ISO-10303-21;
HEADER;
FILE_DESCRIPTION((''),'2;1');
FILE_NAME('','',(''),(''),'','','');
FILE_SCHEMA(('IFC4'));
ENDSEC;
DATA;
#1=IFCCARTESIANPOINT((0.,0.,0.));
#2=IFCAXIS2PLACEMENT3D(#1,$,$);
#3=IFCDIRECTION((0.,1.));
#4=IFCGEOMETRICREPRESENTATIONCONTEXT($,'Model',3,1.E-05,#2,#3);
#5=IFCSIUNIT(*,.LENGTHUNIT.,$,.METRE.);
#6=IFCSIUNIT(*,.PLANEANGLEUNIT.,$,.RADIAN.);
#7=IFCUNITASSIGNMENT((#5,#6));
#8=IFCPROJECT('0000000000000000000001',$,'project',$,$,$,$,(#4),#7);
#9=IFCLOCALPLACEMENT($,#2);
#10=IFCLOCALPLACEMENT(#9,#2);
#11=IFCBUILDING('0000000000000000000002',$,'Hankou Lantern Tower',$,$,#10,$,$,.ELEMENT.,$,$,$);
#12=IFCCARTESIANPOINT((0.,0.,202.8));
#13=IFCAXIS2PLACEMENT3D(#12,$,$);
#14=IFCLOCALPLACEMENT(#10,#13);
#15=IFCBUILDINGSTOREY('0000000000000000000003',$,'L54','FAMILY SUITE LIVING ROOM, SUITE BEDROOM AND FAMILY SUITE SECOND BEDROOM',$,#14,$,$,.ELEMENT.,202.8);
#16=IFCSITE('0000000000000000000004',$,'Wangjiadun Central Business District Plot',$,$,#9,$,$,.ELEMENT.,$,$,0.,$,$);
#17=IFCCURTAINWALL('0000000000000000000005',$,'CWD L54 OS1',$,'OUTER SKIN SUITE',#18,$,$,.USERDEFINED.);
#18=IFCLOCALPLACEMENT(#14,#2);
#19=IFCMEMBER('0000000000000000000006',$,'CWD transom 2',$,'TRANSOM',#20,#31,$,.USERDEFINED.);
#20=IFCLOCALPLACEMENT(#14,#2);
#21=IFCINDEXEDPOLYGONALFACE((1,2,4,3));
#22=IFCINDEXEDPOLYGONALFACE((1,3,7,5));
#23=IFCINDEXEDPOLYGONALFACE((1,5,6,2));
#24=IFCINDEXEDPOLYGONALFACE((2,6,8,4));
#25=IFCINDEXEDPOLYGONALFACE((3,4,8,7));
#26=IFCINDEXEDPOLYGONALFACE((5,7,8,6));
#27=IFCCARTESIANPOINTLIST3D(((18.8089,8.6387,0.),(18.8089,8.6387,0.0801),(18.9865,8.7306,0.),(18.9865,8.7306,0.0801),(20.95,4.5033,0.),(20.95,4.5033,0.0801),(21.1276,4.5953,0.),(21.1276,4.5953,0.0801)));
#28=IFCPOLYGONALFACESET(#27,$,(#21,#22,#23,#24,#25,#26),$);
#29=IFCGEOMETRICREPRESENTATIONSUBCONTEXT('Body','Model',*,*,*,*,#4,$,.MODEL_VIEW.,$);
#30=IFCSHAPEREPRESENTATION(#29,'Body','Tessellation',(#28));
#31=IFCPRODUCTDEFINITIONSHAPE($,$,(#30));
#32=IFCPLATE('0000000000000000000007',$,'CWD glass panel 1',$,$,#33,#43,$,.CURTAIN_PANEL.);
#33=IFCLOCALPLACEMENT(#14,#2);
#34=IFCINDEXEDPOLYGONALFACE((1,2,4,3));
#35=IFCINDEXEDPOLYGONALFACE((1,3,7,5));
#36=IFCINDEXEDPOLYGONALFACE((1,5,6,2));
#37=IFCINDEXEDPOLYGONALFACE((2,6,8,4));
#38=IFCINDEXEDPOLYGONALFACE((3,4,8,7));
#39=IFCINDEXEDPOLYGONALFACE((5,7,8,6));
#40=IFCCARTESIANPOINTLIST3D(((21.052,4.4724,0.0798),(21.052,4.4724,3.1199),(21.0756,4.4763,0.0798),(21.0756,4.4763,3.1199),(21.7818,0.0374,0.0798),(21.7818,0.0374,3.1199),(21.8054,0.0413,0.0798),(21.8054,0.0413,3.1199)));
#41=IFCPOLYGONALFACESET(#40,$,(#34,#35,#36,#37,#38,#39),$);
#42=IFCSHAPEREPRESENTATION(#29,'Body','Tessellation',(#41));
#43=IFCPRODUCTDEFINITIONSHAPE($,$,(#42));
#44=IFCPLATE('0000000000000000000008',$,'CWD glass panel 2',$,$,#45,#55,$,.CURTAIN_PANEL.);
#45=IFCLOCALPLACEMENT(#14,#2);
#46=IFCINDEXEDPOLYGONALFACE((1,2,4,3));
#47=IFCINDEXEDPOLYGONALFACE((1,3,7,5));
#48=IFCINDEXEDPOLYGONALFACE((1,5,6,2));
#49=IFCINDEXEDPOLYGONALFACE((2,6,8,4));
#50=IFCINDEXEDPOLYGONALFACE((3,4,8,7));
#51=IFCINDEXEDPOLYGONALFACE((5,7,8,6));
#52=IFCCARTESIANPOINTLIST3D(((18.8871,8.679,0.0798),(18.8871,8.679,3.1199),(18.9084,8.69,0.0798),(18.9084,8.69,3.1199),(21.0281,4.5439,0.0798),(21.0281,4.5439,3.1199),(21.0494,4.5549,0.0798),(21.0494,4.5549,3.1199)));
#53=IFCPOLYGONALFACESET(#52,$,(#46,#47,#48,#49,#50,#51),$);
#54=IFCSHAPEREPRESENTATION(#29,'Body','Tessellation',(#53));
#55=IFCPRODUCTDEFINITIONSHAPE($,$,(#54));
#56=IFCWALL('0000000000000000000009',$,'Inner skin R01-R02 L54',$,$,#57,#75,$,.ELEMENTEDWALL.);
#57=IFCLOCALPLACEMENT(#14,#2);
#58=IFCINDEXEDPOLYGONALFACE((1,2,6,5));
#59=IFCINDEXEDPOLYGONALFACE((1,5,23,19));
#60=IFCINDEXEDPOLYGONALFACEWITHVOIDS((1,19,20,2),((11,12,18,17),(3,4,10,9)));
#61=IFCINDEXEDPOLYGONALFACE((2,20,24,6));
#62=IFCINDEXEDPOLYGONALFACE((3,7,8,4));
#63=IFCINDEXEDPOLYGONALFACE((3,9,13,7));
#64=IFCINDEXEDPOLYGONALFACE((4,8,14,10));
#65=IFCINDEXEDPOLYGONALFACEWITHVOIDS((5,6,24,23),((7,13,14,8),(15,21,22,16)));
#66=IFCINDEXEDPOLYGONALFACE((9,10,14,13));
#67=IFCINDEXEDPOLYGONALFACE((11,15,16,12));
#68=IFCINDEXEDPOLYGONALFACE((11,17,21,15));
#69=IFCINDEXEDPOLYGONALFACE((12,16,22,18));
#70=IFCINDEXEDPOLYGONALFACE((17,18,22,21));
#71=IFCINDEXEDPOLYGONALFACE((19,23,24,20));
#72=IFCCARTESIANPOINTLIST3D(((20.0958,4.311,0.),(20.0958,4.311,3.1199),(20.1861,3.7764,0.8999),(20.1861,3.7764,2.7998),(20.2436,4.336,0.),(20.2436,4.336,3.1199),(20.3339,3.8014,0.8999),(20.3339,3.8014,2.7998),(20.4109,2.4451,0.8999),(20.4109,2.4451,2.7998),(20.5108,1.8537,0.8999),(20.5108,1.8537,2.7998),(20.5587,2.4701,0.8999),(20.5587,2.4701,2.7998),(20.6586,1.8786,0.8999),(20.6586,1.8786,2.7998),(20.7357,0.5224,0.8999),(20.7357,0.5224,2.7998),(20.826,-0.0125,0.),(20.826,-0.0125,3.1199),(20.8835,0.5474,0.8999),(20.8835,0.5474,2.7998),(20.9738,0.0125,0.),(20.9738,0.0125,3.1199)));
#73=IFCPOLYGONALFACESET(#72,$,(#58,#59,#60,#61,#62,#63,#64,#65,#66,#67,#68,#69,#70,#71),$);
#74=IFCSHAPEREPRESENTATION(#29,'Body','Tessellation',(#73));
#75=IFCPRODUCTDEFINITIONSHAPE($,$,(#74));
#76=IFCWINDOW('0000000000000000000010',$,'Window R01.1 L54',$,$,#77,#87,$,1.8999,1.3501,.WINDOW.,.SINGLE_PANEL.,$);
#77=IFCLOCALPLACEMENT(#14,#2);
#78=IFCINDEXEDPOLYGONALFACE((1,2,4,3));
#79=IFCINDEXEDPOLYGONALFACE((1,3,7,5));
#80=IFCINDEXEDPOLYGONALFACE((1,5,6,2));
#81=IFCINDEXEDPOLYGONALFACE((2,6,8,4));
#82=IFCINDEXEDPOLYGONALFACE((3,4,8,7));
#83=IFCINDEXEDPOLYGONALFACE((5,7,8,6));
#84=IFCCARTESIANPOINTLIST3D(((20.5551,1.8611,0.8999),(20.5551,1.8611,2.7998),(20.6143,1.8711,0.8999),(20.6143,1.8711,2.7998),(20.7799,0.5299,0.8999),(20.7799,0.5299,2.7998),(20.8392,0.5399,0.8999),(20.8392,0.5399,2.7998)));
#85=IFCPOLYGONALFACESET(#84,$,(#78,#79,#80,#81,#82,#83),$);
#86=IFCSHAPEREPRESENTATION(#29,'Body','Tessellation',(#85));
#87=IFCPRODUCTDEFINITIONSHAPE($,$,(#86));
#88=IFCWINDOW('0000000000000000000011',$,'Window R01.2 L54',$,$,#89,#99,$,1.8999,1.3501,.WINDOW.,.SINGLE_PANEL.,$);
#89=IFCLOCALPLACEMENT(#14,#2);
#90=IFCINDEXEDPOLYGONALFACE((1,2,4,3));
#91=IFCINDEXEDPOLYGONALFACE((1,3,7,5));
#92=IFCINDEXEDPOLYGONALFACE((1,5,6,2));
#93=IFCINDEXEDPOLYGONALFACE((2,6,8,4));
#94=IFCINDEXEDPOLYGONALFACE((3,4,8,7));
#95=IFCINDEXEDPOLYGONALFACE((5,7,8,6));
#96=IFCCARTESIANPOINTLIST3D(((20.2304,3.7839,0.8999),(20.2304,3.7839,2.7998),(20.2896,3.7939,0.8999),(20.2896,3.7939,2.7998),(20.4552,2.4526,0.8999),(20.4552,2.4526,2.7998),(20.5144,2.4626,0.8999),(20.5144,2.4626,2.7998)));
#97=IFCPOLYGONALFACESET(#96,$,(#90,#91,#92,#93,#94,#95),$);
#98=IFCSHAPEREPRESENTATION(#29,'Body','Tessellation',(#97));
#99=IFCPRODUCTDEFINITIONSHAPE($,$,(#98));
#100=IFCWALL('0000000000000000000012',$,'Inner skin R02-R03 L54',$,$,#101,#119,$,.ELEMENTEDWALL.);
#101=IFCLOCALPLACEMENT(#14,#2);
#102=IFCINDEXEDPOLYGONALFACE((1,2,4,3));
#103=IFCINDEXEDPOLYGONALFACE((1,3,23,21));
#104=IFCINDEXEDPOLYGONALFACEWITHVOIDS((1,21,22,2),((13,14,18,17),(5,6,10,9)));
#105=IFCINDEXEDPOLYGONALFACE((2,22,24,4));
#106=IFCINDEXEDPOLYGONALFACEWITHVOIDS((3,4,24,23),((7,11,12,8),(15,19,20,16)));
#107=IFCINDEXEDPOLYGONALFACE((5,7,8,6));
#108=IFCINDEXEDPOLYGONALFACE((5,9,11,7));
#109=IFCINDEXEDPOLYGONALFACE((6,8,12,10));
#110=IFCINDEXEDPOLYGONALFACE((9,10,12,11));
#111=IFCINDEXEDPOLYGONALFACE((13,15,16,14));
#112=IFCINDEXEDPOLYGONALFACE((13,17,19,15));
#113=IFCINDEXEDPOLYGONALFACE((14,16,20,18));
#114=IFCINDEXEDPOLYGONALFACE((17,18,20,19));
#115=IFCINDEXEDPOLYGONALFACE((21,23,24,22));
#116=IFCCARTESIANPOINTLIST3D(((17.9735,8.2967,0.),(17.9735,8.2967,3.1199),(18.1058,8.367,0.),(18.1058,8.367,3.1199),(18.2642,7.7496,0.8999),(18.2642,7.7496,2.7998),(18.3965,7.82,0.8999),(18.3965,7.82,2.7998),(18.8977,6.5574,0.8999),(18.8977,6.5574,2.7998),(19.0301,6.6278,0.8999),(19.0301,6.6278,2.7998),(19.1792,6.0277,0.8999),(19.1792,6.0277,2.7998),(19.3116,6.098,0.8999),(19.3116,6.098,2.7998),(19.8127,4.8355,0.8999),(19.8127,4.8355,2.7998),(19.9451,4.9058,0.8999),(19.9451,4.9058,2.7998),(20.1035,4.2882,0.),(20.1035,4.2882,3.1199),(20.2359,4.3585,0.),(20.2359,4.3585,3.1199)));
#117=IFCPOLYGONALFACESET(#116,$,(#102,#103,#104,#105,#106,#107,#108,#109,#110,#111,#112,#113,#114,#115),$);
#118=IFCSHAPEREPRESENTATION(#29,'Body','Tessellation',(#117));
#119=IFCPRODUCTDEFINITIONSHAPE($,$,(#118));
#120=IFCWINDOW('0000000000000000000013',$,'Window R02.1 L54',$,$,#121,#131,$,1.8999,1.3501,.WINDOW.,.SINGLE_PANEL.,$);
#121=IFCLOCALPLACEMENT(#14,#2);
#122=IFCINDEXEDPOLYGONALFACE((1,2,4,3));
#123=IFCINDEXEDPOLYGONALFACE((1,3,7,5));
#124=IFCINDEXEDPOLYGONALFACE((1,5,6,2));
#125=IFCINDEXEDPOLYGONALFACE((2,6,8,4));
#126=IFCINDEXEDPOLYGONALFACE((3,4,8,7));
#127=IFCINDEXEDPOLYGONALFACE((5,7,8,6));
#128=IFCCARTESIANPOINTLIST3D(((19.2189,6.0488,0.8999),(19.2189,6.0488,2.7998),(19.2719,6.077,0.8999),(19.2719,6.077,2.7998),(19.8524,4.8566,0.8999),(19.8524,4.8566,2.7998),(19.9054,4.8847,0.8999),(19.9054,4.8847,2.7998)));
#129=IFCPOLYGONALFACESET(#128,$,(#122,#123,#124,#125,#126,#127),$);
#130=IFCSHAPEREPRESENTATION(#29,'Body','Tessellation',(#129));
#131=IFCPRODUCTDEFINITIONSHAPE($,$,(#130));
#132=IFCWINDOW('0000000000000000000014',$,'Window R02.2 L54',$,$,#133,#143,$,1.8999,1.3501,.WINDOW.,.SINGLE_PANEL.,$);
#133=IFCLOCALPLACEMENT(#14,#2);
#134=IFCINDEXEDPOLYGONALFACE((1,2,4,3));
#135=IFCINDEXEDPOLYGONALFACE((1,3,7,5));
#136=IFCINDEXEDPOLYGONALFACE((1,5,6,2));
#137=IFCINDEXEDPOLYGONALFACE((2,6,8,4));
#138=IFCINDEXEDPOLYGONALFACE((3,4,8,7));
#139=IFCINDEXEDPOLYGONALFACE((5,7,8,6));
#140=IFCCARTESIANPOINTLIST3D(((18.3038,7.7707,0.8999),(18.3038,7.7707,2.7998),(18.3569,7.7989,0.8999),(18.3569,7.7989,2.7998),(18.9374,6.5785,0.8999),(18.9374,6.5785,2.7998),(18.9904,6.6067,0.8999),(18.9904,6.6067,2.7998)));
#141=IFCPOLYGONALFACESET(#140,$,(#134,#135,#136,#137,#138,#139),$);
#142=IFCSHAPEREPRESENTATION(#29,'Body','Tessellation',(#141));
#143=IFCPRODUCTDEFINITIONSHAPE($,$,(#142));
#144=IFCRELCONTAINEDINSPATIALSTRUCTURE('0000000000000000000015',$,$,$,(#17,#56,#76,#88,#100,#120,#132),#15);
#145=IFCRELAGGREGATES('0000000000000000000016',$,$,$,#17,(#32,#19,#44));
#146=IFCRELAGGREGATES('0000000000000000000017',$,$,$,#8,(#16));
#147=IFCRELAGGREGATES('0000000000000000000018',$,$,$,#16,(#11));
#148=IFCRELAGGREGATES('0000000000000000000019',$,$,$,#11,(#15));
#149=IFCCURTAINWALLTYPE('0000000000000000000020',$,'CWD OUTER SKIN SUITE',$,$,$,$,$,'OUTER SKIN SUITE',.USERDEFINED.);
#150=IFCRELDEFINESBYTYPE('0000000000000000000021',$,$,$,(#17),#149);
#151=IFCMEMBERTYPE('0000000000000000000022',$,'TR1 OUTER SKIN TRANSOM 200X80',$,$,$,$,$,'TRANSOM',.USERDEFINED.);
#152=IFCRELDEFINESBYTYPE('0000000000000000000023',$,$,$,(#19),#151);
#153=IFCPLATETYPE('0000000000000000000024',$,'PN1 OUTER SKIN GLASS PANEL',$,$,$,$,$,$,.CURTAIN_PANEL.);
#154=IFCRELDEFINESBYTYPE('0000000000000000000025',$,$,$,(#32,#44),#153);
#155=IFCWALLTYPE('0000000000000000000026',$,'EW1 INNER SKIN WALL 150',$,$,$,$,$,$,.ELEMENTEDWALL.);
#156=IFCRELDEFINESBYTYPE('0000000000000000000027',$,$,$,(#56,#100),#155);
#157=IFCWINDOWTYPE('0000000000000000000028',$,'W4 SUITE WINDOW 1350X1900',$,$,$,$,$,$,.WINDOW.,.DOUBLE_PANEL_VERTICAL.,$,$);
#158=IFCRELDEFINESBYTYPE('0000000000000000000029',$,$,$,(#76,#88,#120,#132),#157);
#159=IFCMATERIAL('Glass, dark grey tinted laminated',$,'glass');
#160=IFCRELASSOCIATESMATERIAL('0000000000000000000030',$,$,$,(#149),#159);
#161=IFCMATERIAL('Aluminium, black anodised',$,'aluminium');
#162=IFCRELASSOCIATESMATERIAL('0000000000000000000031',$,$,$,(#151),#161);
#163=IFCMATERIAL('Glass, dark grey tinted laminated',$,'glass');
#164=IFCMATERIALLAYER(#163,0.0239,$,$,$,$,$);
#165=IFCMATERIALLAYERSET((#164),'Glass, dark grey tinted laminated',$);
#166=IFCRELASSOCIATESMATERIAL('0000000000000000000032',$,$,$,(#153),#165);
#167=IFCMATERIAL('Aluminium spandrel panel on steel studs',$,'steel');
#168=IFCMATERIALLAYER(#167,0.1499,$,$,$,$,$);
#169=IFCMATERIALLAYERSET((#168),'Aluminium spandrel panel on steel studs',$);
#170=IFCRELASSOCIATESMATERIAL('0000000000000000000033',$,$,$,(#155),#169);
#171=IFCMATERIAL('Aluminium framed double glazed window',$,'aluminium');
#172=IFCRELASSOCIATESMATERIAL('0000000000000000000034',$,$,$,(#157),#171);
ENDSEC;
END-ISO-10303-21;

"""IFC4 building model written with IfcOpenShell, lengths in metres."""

from ifc_helpers import new_model, si_unit, direction, frame, frame_2d, origin, origin_2d, place, context, subcontext, project, spatial, rectangle, extrude, material, layer, layer_set, material_profile, profile_set, type_object, element, fill, aggregate, save


model = new_model("IFC4")

# Units and contexts
model_context = context("Model", 3, precision=1e-05, world=origin(), true_north=direction((0.0, 1.0)))
body_context = subcontext(model_context, "Body", "Model", "MODEL_VIEW")
ifc_project = project(units=[si_unit("LENGTHUNIT", "METRE"), si_unit("PLANEANGLEUNIT", "RADIAN")], contexts=[model_context])

# Site, building, storey
site_placement = place(None, origin())
site = spatial("IfcSite", under=ifc_project, at=site_placement, Name="Wangjiadun Central Business District Plot", CompositionType="ELEMENT", RefElevation=0.0)
building_placement = place(site_placement, origin())
building = spatial("IfcBuilding", under=site, at=building_placement, Name="Hankou Lantern Tower", CompositionType="ELEMENT")
storey_placement = place(building_placement, frame((0.0, 0.0, 202.8)))
storey = spatial("IfcBuildingStorey", under=building, at=storey_placement, Name="L54", Description="FAMILY SUITE LIVING ROOM, SUITE BEDROOM AND FAMILY SUITE SECOND BEDROOM", CompositionType="ELEMENT", Elevation=202.8)

# Curtain wall
ifc_material_1 = material(Name="Glass, dark grey tinted laminated", Category="glass")
curtain_wall_type = type_object("IfcCurtainWallType", Name="CWD OUTER SKIN SUITE", ElementType="OUTER SKIN SUITE", PredefinedType="USERDEFINED", material=ifc_material_1)
curtain_wall_placement = place(storey_placement, origin())
curtain_wall = element("IfcCurtainWall", 1, at=curtain_wall_placement, inside=storey, type_object=curtain_wall_type, Name="CWD L54 OS1", ObjectType="OUTER SKIN SUITE", PredefinedType="USERDEFINED")

# Member
ifc_material_2 = material(Name="Aluminium, black anodised", Category="aluminium")
ifc_material_profile_1 = material_profile(ifc_material_2, rectangle(XDim=0.2, YDim=0.0801, at=origin_2d()), Name="TR1 200X80")
ifc_profile_set_1 = profile_set([ifc_material_profile_1], Name="Aluminium, black anodised")
member_type_1 = type_object("IfcMemberType", Name="TR1 OUTER SKIN TRANSOM 200X80", ElementType="TRANSOM", PredefinedType="USERDEFINED", material=ifc_profile_set_1)
member_1_placement = place(storey_placement, frame((21.0388, 4.5493, 0.04), z_axis=(-0.459794, 0.888026, 0.0), x_axis=(-0.888026, -0.459794, 0.0)))
member_1 = element("IfcMember", 2, at=member_1_placement, type_object=member_type_1, Name="CWD transom 2", ObjectType="TRANSOM", PredefinedType="USERDEFINED", context=body_context, shape_type="SweptSolid", body=[
    extrude(rectangle(XDim=0.2, YDim=0.0801, at=origin_2d()), origin(), (0.0, 0.0, 1.0), 4.6567),
])

# Plates
ifc_material_3 = material(Name="Glass, dark grey tinted laminated", Category="glass")
ifc_layer_1 = layer(ifc_material_3, 0.0239)
ifc_layer_set_1 = layer_set([ifc_layer_1], Name="Glass, dark grey tinted laminated")
plate_type = type_object("IfcPlateType", Name="PN1 OUTER SKIN GLASS PANEL", PredefinedType="CURTAIN_PANEL", material=ifc_layer_set_1)
plate_1_placement = place(storey_placement, frame((21.4287, 2.2568, 0.0798), z_axis=(0.0, 0.0, 1.0), x_axis=(-0.162382, 0.986728, 0.0)))
plate_1 = element("IfcPlate", 3, at=plate_1_placement, type_object=plate_type, Name="CWD glass panel 1", PredefinedType="CURTAIN_PANEL", context=body_context, shape_type="SweptSolid", body=[
    extrude(rectangle(XDim=4.4946, YDim=0.0239, at=origin_2d()), origin(), (0.0, 0.0, 1.0), 3.04),
])
plate_2_placement = place(storey_placement, frame((19.9683, 6.6169, 0.0798), z_axis=(0.0, 0.0, 1.0), x_axis=(-0.459791, 0.888027, 0.0)))
plate_2 = element("IfcPlate", 4, at=plate_2_placement, type_object=plate_type, Name="CWD glass panel 2", PredefinedType="CURTAIN_PANEL", context=body_context, shape_type="SweptSolid", body=[
    extrude(rectangle(XDim=4.6565, YDim=0.0239, at=origin_2d()), origin(), (0.0, 0.0, 1.0), 3.04),
])
aggregate(curtain_wall, [plate_1, member_1, plate_2])

# Walls, openings, windows
ifc_material_4 = material(Name="Aluminium spandrel panel on steel studs", Category="steel")
ifc_layer_2 = layer(ifc_material_4, 0.1499)
ifc_layer_set_2 = layer_set([ifc_layer_2], Name="Aluminium spandrel panel on steel studs")
wall_type_1 = type_object("IfcWallType", Name="EW1 INNER SKIN WALL 150", PredefinedType="ELEMENTEDWALL", material=ifc_layer_set_2)
wall_1_placement = place(storey_placement, frame((20.8999, 0.0, 0.0), z_axis=(0.0, 0.0, 1.0), x_axis=(-0.166539, 0.986035, 0.0)))
wall_1 = element("IfcWall", 5, at=wall_1_placement, inside=storey, type_object=wall_type_1, Name="Inner skin R01-R02 L54", PredefinedType="ELEMENTEDWALL", context=body_context, shape_type="SweptSolid", body=[
    extrude(rectangle(XDim=4.3848, YDim=0.1499, at=frame_2d((2.1924, 0.0))), origin(), (0.0, 0.0, 1.0), 3.1199),
])
opening_1_placement = place(wall_1_placement, frame((0.5425, 0.0, 0.8999)))
opening_1 = element("IfcOpeningElement", 6, at=opening_1_placement, cuts=wall_1, PredefinedType="OPENING", context=body_context, shape_type="SweptSolid", body=[
    extrude(rectangle(XDim=1.3501, YDim=1.8999, at=frame_2d((0.675, 0.95))), frame((0.0, 0.085, 0.0), z_axis=(0.0, -1.0, 0.0), x_axis=(1.0, 0.0, 0.0)), (0.0, 0.0, 1.0), 0.1699),
])
opening_2_placement = place(wall_1_placement, frame((2.4924, 0.0, 0.8999)))
opening_2 = element("IfcOpeningElement", 7, at=opening_2_placement, cuts=wall_1, PredefinedType="OPENING", context=body_context, shape_type="SweptSolid", body=[
    extrude(rectangle(XDim=1.3501, YDim=1.8999, at=frame_2d((0.675, 0.95))), frame((0.0, 0.085, 0.0), z_axis=(0.0, -1.0, 0.0), x_axis=(1.0, 0.0, 0.0)), (0.0, 0.0, 1.0), 0.1699),
])
ifc_material_5 = material(Name="Aluminium framed double glazed window", Category="aluminium")
window_type = type_object("IfcWindowType", Name="W4 SUITE WINDOW 1350X1900", PartitioningType="DOUBLE_PANEL_VERTICAL", PredefinedType="WINDOW", material=ifc_material_5)
window_1_placement = place(opening_1_placement, origin())
window_1 = element("IfcWindow", 8, at=window_1_placement, inside=storey, type_object=window_type, Name="Window R01.1 L54", OverallHeight=1.8999, OverallWidth=1.3501, PartitioningType="SINGLE_PANEL", PredefinedType="WINDOW", context=body_context, shape_type="SweptSolid", body=[
    extrude(rectangle(XDim=1.3501, YDim=1.8999, at=frame_2d((0.675, 0.95))), frame((0.0, 0.03, 0.0), z_axis=(0.0, -1.0, 0.0), x_axis=(1.0, 0.0, 0.0)), (0.0, 0.0, 1.0), 0.0601),
])
fill(opening_1, window_1)
window_2_placement = place(opening_2_placement, origin())
window_2 = element("IfcWindow", 9, at=window_2_placement, inside=storey, type_object=window_type, Name="Window R01.2 L54", OverallHeight=1.8999, OverallWidth=1.3501, PartitioningType="SINGLE_PANEL", PredefinedType="WINDOW", context=body_context, shape_type="SweptSolid", body=[
    extrude(rectangle(XDim=1.3501, YDim=1.8999, at=frame_2d((0.675, 0.95))), frame((0.0, 0.03, 0.0), z_axis=(0.0, -1.0, 0.0), x_axis=(1.0, 0.0, 0.0)), (0.0, 0.0, 1.0), 0.0601),
])
fill(opening_2, window_2)
wall_2_placement = place(storey_placement, frame((20.1697, 4.3235, 0.0), z_axis=(0.0, 0.0, 1.0), x_axis=(-0.469256, 0.883062, 0.0)))
wall_2 = element("IfcWall", 10, at=wall_2_placement, inside=storey, type_object=wall_type_1, Name="Inner skin R02-R03 L54", PredefinedType="ELEMENTEDWALL", context=body_context, shape_type="SweptSolid", body=[
    extrude(rectangle(XDim=4.5393, YDim=0.1499, at=frame_2d((2.2695, 0.0))), origin(), (0.0, 0.0, 1.0), 3.1199),
])
opening_3_placement = place(wall_2_placement, frame((0.6196, 0.0, 0.8999)))
opening_3 = element("IfcOpeningElement", 11, at=opening_3_placement, cuts=wall_2, PredefinedType="OPENING", context=body_context, shape_type="SweptSolid", body=[
    extrude(rectangle(XDim=1.3501, YDim=1.8999, at=frame_2d((0.675, 0.95))), frame((0.0, 0.085, 0.0), z_axis=(0.0, -1.0, 0.0), x_axis=(1.0, 0.0, 0.0)), (0.0, 0.0, 1.0), 0.1699),
])
opening_4_placement = place(wall_2_placement, frame((2.5696, 0.0, 0.8999)))
opening_4 = element("IfcOpeningElement", 12, at=opening_4_placement, cuts=wall_2, PredefinedType="OPENING", context=body_context, shape_type="SweptSolid", body=[
    extrude(rectangle(XDim=1.3501, YDim=1.8999, at=frame_2d((0.675, 0.95))), frame((0.0, 0.085, 0.0), z_axis=(0.0, -1.0, 0.0), x_axis=(1.0, 0.0, 0.0)), (0.0, 0.0, 1.0), 0.1699),
])
window_3_placement = place(opening_3_placement, origin())
window_3 = element("IfcWindow", 13, at=window_3_placement, inside=storey, type_object=window_type, Name="Window R02.1 L54", OverallHeight=1.8999, OverallWidth=1.3501, PartitioningType="SINGLE_PANEL", PredefinedType="WINDOW", context=body_context, shape_type="SweptSolid", body=[
    extrude(rectangle(XDim=1.3501, YDim=1.8999, at=frame_2d((0.675, 0.95))), frame((0.0, 0.03, 0.0), z_axis=(0.0, -1.0, 0.0), x_axis=(1.0, 0.0, 0.0)), (0.0, 0.0, 1.0), 0.0601),
])
fill(opening_3, window_3)
window_4_placement = place(opening_4_placement, origin())
window_4 = element("IfcWindow", 14, at=window_4_placement, inside=storey, type_object=window_type, Name="Window R02.2 L54", OverallHeight=1.8999, OverallWidth=1.3501, PartitioningType="SINGLE_PANEL", PredefinedType="WINDOW", context=body_context, shape_type="SweptSolid", body=[
    extrude(rectangle(XDim=1.3501, YDim=1.8999, at=frame_2d((0.675, 0.95))), frame((0.0, 0.03, 0.0), z_axis=(0.0, -1.0, 0.0), x_axis=(1.0, 0.0, 0.0)), (0.0, 0.0, 1.0), 0.0601),
])
fill(opening_4, window_4)

save(model, "model.ifc")
